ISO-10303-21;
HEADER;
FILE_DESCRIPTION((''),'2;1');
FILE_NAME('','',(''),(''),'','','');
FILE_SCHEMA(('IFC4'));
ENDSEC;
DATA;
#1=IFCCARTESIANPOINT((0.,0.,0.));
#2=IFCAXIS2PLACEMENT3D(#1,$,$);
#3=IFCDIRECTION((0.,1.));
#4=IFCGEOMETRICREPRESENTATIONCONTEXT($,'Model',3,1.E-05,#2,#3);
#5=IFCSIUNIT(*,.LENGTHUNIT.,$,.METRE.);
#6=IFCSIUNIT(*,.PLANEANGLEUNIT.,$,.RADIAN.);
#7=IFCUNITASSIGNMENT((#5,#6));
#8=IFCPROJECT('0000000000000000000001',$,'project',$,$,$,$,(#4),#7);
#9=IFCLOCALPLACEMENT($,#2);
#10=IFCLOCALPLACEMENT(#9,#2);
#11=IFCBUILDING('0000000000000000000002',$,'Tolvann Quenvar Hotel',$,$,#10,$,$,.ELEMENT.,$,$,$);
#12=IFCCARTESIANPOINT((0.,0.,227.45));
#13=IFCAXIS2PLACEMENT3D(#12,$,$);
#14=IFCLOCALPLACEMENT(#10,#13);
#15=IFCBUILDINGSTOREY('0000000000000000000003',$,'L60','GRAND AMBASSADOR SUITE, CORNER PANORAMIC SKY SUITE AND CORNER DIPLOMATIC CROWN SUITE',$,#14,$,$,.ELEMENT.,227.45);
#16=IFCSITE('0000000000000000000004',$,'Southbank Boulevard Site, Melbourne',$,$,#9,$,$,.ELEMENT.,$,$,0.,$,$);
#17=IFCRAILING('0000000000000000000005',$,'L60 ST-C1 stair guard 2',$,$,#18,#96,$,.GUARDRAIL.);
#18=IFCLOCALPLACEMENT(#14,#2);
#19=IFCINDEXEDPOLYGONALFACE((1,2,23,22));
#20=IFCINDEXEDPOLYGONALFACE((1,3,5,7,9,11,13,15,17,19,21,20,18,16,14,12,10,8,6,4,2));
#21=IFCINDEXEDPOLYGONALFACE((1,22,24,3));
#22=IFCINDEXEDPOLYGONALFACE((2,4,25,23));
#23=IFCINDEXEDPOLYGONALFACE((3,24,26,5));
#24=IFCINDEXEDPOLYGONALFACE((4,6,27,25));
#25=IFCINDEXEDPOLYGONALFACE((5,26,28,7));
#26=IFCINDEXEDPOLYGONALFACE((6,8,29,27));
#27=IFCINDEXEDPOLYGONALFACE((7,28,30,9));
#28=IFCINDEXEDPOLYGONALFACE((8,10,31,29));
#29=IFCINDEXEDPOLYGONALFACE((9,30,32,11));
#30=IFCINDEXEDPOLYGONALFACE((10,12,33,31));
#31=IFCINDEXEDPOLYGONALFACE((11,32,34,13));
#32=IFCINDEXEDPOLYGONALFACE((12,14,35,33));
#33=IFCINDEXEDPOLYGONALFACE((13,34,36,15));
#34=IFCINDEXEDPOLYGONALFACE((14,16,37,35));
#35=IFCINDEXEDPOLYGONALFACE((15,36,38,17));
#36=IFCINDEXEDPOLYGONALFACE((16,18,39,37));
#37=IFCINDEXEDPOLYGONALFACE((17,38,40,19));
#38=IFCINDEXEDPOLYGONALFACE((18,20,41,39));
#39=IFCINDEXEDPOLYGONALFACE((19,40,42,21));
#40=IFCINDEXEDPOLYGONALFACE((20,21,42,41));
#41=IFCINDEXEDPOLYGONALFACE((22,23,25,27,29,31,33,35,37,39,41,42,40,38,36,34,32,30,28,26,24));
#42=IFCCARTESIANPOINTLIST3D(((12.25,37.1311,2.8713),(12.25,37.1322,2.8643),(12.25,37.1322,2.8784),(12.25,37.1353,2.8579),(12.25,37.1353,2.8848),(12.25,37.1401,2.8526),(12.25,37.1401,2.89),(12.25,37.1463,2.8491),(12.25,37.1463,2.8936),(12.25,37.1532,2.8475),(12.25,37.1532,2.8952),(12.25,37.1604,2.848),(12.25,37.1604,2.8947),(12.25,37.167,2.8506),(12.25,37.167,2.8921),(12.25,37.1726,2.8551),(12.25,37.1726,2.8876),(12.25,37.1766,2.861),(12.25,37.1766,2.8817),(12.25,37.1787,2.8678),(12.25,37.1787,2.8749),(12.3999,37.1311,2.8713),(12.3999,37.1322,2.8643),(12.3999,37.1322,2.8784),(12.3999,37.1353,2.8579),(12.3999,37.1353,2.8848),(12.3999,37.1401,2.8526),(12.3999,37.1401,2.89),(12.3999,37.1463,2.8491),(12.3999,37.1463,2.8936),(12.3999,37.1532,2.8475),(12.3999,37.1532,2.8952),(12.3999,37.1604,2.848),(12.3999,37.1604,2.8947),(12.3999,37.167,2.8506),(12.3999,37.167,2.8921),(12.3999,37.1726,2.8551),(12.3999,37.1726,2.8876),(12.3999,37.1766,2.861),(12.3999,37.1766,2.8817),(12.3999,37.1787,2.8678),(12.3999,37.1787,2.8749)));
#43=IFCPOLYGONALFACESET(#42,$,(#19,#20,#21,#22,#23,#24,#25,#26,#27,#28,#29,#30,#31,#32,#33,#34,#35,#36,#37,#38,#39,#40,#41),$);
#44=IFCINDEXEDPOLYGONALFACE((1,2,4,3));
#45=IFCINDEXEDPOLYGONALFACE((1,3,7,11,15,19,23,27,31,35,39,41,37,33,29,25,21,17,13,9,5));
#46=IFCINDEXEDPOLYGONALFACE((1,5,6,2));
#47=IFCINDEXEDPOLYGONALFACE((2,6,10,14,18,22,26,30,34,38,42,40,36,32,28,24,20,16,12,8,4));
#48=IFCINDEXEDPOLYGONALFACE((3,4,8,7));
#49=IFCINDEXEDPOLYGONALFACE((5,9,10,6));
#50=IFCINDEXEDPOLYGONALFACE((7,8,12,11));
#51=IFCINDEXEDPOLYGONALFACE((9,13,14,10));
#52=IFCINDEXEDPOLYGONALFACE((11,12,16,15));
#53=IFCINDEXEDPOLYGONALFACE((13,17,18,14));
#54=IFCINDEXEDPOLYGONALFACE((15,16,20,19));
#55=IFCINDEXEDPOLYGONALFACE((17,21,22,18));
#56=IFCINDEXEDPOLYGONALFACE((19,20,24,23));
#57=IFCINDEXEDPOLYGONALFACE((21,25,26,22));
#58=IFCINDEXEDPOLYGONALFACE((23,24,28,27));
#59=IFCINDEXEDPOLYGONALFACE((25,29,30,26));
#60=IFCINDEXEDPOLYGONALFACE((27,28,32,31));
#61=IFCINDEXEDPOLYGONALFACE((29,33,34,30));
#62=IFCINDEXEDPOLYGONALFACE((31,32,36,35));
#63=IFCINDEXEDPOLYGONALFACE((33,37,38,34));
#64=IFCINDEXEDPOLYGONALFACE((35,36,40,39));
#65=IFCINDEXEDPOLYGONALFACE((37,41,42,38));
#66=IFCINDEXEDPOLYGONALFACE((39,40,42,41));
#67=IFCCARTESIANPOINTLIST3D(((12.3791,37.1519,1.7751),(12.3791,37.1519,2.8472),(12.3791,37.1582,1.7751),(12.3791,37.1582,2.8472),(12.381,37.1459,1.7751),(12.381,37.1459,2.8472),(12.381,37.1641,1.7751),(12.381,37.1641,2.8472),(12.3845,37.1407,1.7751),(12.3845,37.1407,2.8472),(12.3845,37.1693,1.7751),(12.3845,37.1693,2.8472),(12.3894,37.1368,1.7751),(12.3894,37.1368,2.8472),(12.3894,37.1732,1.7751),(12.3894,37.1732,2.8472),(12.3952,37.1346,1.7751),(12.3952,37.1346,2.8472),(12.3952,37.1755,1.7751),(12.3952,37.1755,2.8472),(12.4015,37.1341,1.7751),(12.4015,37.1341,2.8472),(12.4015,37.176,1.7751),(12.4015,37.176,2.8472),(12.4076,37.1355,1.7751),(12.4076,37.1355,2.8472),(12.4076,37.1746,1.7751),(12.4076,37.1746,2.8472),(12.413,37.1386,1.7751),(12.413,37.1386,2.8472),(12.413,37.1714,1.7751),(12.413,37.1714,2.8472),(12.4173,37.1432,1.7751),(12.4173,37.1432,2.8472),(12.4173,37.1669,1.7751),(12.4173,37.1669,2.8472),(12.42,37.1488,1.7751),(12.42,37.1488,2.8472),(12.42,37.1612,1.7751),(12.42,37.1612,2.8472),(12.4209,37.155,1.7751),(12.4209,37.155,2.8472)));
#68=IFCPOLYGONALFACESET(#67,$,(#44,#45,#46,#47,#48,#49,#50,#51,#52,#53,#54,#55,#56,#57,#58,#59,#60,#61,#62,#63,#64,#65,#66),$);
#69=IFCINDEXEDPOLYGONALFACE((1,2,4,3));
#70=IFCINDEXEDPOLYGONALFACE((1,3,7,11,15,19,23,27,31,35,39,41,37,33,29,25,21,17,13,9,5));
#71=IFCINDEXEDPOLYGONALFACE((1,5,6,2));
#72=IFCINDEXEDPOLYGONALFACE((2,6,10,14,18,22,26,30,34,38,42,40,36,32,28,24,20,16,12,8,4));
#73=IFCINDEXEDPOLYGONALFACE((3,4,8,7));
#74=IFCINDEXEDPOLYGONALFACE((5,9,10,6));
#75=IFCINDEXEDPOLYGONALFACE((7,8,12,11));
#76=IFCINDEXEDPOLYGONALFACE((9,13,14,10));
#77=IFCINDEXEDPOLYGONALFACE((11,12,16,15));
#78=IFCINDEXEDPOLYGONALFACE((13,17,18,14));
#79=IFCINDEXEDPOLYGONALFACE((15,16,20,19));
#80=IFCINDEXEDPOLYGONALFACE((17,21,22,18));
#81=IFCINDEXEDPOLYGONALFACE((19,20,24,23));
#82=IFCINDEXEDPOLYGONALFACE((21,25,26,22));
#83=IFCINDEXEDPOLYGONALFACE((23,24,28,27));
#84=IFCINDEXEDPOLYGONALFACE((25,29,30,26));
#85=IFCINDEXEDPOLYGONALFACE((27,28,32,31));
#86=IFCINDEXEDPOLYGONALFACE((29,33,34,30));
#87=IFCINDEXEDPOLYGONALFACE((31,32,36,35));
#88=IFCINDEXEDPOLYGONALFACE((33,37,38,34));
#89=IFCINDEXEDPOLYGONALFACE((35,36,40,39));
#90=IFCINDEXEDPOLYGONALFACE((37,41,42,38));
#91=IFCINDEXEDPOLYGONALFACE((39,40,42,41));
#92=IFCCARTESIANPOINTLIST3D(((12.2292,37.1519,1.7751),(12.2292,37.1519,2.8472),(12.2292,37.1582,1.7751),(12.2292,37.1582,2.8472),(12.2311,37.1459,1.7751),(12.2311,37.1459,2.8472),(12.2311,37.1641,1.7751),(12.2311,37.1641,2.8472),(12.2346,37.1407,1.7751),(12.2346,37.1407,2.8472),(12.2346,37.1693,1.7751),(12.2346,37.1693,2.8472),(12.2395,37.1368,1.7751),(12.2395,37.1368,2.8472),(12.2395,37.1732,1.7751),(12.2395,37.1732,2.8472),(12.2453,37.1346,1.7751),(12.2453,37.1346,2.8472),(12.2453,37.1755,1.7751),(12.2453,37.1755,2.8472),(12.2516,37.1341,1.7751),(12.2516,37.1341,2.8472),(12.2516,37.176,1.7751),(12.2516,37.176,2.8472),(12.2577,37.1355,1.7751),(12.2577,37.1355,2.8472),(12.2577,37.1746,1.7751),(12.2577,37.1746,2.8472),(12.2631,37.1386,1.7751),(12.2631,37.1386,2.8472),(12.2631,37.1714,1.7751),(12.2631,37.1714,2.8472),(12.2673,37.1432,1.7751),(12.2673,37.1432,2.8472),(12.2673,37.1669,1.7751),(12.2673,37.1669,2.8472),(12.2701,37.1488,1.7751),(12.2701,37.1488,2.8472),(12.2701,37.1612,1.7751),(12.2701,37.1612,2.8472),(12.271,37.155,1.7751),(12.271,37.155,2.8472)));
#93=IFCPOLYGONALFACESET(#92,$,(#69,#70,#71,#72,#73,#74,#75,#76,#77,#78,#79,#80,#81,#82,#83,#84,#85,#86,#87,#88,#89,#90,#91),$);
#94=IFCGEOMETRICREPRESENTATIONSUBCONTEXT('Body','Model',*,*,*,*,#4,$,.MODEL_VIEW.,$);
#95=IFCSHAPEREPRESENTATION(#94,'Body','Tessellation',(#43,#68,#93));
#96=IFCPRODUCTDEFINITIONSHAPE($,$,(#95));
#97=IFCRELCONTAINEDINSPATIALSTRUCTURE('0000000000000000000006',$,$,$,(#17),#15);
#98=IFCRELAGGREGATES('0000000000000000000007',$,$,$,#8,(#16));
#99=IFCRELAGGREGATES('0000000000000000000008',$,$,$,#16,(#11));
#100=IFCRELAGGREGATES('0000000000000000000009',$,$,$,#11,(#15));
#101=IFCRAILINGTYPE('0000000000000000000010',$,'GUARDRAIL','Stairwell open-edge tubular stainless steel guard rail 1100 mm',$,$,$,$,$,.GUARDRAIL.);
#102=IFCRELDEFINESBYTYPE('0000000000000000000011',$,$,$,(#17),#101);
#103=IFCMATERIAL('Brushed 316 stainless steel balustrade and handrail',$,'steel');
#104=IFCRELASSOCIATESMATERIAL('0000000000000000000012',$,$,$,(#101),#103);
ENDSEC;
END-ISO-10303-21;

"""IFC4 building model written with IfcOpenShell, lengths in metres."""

from ifc_helpers import new_model, si_unit, direction, frame, origin, origin_2d, place, context, subcontext, project, spatial, circle, extrude, material, type_object, element, save


model = new_model("IFC4")

# Units and contexts
model_context = context("Model", 3, precision=1e-05, world=origin(), true_north=direction((0.0, 1.0)))
body_context = subcontext(model_context, "Body", "Model", "MODEL_VIEW")
ifc_project = project(units=[si_unit("LENGTHUNIT", "METRE"), si_unit("PLANEANGLEUNIT", "RADIAN")], contexts=[model_context])

# Site, building, storey
site_placement = place(None, origin())
site = spatial("IfcSite", under=ifc_project, at=site_placement, Name="Southbank Boulevard Site, Melbourne", CompositionType="ELEMENT", RefElevation=0.0)
building_placement = place(site_placement, origin())
building = spatial("IfcBuilding", under=site, at=building_placement, Name="Tolvann Quenvar Hotel", CompositionType="ELEMENT")
storey_placement = place(building_placement, frame((0.0, 0.0, 227.45)))
storey = spatial("IfcBuildingStorey", under=building, at=storey_placement, Name="L60", Description="GRAND AMBASSADOR SUITE, CORNER PANORAMIC SKY SUITE AND CORNER DIPLOMATIC CROWN SUITE", CompositionType="ELEMENT", Elevation=227.45)

# Railing
ifc_material_1 = material(Name="Brushed 316 stainless steel balustrade and handrail", Category="steel")
railing_type_1 = type_object("IfcRailingType", Name="GUARDRAIL", Description="Stairwell open-edge tubular stainless steel guard rail 1100 mm", PredefinedType="GUARDRAIL", material=ifc_material_1)
railing_1_placement = place(storey_placement, frame((12.3999, 37.155, 1.7751)))
element("IfcRailing", 1, at=railing_1_placement, inside=storey, type_object=railing_type_1, Name="L60 ST-C1 stair guard 2", PredefinedType="GUARDRAIL", context=body_context, shape_type="SweptSolid", body=[
    extrude(circle(Radius=0.0239, at=origin_2d()), frame((0.0, 0.0, 1.0962), z_axis=(-1.0, 0.0, 0.0), x_axis=(0.0, -1.0, 0.0)), (0.0, 0.0, 1.0), 0.1499),
    extrude(circle(Radius=0.021, at=origin_2d()), origin(), (0.0, 0.0, 1.0), 1.072),
    extrude(circle(Radius=0.021, at=origin_2d()), frame((-0.1499, 0.0, 0.0)), (0.0, 0.0, 1.0), 1.072),
])

save(model, "model.ifc")
